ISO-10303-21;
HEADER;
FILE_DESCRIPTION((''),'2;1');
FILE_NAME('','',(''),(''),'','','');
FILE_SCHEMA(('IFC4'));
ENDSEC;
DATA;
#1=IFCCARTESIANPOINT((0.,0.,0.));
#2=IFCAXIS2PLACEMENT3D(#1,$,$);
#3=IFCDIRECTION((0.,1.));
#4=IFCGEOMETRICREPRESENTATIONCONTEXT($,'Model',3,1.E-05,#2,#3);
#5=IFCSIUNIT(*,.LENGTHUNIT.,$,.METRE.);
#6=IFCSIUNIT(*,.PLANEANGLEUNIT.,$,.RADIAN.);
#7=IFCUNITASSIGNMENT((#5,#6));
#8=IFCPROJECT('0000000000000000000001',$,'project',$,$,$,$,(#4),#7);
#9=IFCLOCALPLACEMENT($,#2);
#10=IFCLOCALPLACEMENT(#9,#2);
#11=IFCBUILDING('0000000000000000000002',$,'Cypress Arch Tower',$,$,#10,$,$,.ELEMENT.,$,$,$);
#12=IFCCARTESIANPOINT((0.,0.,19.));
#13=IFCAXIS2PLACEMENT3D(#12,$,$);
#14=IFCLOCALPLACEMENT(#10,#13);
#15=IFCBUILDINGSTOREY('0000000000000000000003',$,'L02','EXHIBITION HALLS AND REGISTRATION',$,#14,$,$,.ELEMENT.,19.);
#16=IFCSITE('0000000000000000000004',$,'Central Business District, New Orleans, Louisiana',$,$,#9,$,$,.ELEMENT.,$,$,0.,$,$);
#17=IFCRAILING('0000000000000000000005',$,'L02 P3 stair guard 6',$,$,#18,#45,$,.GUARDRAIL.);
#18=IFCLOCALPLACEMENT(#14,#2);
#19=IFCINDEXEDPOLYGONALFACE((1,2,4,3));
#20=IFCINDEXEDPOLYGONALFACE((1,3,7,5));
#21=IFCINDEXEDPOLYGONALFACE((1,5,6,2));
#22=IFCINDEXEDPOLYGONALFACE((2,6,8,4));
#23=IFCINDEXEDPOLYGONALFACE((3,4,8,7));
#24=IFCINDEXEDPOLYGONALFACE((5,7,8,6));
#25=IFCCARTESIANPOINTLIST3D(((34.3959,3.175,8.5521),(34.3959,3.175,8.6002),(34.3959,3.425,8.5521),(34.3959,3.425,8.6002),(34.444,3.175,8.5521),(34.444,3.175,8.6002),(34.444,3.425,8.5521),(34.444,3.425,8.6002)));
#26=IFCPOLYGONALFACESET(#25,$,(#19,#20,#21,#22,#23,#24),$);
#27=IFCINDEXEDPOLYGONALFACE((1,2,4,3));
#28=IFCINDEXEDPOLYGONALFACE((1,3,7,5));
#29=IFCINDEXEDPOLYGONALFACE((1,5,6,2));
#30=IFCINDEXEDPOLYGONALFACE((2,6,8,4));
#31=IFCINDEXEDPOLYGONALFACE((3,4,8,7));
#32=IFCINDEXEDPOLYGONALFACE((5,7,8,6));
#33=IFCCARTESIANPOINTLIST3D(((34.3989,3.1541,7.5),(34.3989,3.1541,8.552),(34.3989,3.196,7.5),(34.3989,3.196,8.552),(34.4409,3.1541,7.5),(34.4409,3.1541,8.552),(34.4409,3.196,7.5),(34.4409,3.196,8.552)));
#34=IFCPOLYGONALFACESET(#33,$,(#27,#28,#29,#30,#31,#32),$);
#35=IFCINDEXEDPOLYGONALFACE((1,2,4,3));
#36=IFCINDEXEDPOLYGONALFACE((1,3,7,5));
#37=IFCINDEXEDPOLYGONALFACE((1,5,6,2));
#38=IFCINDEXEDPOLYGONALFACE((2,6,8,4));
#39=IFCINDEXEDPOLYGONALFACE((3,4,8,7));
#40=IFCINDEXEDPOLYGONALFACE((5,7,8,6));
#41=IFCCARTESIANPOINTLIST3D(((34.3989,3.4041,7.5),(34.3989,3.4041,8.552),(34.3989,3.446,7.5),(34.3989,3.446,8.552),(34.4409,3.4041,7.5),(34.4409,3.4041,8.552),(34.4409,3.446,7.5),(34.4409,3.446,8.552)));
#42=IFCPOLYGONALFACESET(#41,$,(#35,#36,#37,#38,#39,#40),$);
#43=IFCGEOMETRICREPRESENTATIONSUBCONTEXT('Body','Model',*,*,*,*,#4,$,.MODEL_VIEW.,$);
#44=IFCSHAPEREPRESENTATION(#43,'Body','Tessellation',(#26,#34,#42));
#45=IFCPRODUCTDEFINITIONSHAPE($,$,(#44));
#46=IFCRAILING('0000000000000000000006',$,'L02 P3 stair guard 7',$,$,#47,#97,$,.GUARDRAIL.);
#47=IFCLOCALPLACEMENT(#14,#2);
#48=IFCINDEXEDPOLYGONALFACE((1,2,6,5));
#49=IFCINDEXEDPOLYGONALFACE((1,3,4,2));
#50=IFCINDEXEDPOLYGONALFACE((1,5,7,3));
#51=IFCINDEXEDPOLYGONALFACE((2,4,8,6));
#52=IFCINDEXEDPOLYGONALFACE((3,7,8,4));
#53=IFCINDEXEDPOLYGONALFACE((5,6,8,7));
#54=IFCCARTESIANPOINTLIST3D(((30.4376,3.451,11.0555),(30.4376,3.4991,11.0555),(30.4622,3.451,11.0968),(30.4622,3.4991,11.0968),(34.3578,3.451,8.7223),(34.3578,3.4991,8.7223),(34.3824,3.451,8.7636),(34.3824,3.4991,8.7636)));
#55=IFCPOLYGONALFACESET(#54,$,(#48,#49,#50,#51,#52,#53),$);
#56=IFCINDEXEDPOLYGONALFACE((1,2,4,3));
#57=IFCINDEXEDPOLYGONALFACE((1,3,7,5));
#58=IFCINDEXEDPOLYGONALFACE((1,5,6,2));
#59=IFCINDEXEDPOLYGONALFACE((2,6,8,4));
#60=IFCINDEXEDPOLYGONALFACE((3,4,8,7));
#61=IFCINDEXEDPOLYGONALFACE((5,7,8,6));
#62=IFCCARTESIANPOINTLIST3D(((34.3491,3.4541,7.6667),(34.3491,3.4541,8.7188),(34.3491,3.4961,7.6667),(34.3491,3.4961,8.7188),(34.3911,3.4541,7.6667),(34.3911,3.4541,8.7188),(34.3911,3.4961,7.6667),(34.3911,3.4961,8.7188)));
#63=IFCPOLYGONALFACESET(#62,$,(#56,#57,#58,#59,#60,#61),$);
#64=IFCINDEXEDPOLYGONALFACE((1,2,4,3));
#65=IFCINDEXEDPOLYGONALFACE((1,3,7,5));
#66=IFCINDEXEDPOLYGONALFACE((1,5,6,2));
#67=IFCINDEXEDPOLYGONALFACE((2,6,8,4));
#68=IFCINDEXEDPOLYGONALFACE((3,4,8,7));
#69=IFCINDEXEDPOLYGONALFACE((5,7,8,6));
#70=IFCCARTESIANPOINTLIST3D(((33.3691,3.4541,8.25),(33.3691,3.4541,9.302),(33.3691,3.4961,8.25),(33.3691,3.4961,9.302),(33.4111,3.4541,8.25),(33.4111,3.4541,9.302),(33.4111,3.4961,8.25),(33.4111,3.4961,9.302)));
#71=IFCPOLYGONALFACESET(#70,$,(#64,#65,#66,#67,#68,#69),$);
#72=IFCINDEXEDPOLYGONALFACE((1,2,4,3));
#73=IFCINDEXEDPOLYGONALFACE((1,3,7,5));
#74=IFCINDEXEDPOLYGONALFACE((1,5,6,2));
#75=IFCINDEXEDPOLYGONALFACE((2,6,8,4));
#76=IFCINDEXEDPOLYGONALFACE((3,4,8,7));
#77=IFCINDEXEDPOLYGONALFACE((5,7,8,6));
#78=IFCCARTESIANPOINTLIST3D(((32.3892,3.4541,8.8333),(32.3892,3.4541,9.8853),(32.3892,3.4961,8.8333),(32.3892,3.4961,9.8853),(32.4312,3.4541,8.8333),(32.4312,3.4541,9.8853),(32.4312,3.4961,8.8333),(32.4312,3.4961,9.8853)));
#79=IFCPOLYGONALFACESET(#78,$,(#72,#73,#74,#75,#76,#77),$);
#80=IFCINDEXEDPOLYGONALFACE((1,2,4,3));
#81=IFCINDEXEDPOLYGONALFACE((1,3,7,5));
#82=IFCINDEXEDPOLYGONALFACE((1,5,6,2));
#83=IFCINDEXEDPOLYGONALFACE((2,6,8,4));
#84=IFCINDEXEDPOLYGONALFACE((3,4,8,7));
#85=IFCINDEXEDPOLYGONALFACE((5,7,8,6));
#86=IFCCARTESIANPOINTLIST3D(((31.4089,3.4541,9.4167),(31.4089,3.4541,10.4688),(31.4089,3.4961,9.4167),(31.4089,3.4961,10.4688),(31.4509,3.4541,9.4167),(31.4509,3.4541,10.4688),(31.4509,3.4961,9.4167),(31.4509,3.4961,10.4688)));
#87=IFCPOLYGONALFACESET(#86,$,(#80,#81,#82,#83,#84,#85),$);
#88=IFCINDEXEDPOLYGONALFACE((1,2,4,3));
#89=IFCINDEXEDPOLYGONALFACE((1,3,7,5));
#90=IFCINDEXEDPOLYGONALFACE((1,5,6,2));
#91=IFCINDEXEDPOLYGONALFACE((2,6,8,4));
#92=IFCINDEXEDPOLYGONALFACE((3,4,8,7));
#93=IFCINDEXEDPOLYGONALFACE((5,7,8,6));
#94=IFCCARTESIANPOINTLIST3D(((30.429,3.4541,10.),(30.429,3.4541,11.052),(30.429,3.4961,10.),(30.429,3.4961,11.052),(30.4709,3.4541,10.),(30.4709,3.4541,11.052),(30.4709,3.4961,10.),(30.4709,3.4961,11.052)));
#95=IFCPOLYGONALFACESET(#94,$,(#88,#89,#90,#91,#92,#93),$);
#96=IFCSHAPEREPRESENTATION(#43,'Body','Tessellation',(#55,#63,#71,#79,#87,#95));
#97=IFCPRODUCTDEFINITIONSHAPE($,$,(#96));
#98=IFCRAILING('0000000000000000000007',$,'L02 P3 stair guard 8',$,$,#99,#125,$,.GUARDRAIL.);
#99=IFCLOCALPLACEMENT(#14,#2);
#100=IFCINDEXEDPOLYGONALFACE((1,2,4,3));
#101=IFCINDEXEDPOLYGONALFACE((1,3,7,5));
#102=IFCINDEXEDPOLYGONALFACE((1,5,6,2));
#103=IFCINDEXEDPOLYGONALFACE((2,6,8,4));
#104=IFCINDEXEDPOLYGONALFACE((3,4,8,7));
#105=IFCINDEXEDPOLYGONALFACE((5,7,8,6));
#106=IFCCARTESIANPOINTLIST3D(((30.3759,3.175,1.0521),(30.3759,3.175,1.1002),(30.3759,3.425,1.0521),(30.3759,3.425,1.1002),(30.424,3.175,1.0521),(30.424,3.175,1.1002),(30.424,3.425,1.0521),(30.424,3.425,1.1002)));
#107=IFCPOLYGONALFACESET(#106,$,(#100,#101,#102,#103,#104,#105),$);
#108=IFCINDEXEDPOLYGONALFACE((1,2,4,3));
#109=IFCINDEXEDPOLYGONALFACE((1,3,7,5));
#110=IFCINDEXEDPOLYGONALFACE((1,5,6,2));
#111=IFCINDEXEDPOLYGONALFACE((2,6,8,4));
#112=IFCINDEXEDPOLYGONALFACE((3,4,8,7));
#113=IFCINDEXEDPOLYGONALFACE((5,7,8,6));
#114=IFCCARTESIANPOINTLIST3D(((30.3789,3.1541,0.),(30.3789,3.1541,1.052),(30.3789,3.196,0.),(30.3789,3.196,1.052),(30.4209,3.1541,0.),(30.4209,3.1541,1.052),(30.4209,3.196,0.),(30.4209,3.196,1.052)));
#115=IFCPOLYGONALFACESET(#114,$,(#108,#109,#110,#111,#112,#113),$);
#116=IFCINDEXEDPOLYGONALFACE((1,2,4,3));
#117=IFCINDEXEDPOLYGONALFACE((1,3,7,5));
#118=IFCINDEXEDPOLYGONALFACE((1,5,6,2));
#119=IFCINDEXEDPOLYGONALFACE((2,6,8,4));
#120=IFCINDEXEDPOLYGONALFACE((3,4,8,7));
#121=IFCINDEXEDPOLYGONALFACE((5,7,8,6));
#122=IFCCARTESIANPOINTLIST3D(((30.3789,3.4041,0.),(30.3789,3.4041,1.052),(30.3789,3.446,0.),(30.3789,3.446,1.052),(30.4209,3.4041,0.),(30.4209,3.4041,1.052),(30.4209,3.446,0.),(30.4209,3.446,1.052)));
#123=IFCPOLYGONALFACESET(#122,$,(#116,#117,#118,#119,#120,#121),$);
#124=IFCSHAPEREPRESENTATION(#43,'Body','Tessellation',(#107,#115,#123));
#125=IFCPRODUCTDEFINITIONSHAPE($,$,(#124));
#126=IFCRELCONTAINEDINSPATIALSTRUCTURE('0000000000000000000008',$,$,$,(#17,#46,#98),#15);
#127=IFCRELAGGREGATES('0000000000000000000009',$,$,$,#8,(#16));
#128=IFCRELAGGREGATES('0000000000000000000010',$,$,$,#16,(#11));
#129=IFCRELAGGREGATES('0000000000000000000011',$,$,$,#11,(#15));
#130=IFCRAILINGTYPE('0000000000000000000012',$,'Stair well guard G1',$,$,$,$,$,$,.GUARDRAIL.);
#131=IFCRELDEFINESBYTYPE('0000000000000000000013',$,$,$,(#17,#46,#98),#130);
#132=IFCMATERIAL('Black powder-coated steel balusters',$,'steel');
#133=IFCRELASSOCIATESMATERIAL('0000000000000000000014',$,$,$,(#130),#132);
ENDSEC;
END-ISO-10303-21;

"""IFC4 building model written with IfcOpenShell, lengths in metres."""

from ifc_helpers import new_model, si_unit, direction, frame, origin, origin_2d, place, context, subcontext, project, spatial, rectangle, extrude, material, type_object, element, save


model = new_model("IFC4")

# Units and contexts
model_context = context("Model", 3, precision=1e-05, world=origin(), true_north=direction((0.0, 1.0)))
body_context = subcontext(model_context, "Body", "Model", "MODEL_VIEW")
ifc_project = project(units=[si_unit("LENGTHUNIT", "METRE"), si_unit("PLANEANGLEUNIT", "RADIAN")], contexts=[model_context])

# Site, building, storey
site_placement = place(None, origin())
site = spatial("IfcSite", under=ifc_project, at=site_placement, Name="Central Business District, New Orleans, Louisiana", CompositionType="ELEMENT", RefElevation=0.0)
building_placement = place(site_placement, origin())
building = spatial("IfcBuilding", under=site, at=building_placement, Name="Cypress Arch Tower", CompositionType="ELEMENT")
storey_placement = place(building_placement, frame((0.0, 0.0, 19.0)))
storey = spatial("IfcBuildingStorey", under=building, at=storey_placement, Name="L02", Description="EXHIBITION HALLS AND REGISTRATION", CompositionType="ELEMENT", Elevation=19.0)

# Railings
ifc_material_1 = material(Name="Black powder-coated steel balusters", Category="steel")
railing_type_1 = type_object("IfcRailingType", Name="Stair well guard G1", PredefinedType="GUARDRAIL", material=ifc_material_1)
railing_1_placement = place(storey_placement, frame((34.4199, 3.175, 7.5)))
element("IfcRailing", 1, at=railing_1_placement, inside=storey, type_object=railing_type_1, Name="L02 P3 stair guard 6", PredefinedType="GUARDRAIL", context=body_context, shape_type="SweptSolid", body=[
    extrude(rectangle(XDim=0.0481, YDim=0.0481, at=origin_2d()), frame((0.0, 0.0, 1.0762), z_axis=(0.0, 1.0, 0.0), x_axis=(-1.0, 0.0, 0.0)), (0.0, 0.0, 1.0), 0.25),
    extrude(rectangle(XDim=0.042, YDim=0.042, at=origin_2d()), origin(), (0.0, 0.0, 1.0), 1.052),
    extrude(rectangle(XDim=0.042, YDim=0.042, at=origin_2d()), frame((0.0, 0.25, 0.0)), (0.0, 0.0, 1.0), 1.052),
])
railing_2_placement = place(storey_placement, frame((34.3701, 3.4751, 7.6667)))
element("IfcRailing", 2, at=railing_2_placement, inside=storey, type_object=railing_type_1, Name="L02 P3 stair guard 7", PredefinedType="GUARDRAIL", context=body_context, shape_type="SweptSolid", body=[
    extrude(rectangle(XDim=0.0481, YDim=0.0481, at=origin_2d()), frame((0.0, 0.0, 1.0762), z_axis=(-0.85931, 0.0, 0.511455), x_axis=(0.0, -1.0, 0.0)), (0.0, 0.0, 1.0), 4.562),
    extrude(rectangle(XDim=0.042, YDim=0.042, at=origin_2d()), origin(), (0.0, 0.0, 1.0), 1.052),
    extrude(rectangle(XDim=0.042, YDim=0.042, at=origin_2d()), frame((-0.98, 0.0, 0.5833)), (0.0, 0.0, 1.0), 1.052),
    extrude(rectangle(XDim=0.042, YDim=0.042, at=origin_2d()), frame((-1.96, 0.0, 1.1665)), (0.0, 0.0, 1.0), 1.052),
    extrude(rectangle(XDim=0.042, YDim=0.042, at=origin_2d()), frame((-2.9402, 0.0, 1.75)), (0.0, 0.0, 1.0), 1.052),
    extrude(rectangle(XDim=0.042, YDim=0.042, at=origin_2d()), frame((-3.9202, 0.0, 2.3333)), (0.0, 0.0, 1.0), 1.052),
])
railing_3_placement = place(storey_placement, frame((30.3999, 3.175, 0.0)))
element("IfcRailing", 3, at=railing_3_placement, inside=storey, type_object=railing_type_1, Name="L02 P3 stair guard 8", PredefinedType="GUARDRAIL", context=body_context, shape_type="SweptSolid", body=[
    extrude(rectangle(XDim=0.0481, YDim=0.0481, at=origin_2d()), frame((0.0, 0.0, 1.0762), z_axis=(0.0, 1.0, 0.0), x_axis=(-1.0, 0.0, 0.0)), (0.0, 0.0, 1.0), 0.25),
    extrude(rectangle(XDim=0.042, YDim=0.042, at=origin_2d()), origin(), (0.0, 0.0, 1.0), 1.052),
    extrude(rectangle(XDim=0.042, YDim=0.042, at=origin_2d()), frame((0.0, 0.25, 0.0)), (0.0, 0.0, 1.0), 1.052),
])

save(model, "model.ifc")
